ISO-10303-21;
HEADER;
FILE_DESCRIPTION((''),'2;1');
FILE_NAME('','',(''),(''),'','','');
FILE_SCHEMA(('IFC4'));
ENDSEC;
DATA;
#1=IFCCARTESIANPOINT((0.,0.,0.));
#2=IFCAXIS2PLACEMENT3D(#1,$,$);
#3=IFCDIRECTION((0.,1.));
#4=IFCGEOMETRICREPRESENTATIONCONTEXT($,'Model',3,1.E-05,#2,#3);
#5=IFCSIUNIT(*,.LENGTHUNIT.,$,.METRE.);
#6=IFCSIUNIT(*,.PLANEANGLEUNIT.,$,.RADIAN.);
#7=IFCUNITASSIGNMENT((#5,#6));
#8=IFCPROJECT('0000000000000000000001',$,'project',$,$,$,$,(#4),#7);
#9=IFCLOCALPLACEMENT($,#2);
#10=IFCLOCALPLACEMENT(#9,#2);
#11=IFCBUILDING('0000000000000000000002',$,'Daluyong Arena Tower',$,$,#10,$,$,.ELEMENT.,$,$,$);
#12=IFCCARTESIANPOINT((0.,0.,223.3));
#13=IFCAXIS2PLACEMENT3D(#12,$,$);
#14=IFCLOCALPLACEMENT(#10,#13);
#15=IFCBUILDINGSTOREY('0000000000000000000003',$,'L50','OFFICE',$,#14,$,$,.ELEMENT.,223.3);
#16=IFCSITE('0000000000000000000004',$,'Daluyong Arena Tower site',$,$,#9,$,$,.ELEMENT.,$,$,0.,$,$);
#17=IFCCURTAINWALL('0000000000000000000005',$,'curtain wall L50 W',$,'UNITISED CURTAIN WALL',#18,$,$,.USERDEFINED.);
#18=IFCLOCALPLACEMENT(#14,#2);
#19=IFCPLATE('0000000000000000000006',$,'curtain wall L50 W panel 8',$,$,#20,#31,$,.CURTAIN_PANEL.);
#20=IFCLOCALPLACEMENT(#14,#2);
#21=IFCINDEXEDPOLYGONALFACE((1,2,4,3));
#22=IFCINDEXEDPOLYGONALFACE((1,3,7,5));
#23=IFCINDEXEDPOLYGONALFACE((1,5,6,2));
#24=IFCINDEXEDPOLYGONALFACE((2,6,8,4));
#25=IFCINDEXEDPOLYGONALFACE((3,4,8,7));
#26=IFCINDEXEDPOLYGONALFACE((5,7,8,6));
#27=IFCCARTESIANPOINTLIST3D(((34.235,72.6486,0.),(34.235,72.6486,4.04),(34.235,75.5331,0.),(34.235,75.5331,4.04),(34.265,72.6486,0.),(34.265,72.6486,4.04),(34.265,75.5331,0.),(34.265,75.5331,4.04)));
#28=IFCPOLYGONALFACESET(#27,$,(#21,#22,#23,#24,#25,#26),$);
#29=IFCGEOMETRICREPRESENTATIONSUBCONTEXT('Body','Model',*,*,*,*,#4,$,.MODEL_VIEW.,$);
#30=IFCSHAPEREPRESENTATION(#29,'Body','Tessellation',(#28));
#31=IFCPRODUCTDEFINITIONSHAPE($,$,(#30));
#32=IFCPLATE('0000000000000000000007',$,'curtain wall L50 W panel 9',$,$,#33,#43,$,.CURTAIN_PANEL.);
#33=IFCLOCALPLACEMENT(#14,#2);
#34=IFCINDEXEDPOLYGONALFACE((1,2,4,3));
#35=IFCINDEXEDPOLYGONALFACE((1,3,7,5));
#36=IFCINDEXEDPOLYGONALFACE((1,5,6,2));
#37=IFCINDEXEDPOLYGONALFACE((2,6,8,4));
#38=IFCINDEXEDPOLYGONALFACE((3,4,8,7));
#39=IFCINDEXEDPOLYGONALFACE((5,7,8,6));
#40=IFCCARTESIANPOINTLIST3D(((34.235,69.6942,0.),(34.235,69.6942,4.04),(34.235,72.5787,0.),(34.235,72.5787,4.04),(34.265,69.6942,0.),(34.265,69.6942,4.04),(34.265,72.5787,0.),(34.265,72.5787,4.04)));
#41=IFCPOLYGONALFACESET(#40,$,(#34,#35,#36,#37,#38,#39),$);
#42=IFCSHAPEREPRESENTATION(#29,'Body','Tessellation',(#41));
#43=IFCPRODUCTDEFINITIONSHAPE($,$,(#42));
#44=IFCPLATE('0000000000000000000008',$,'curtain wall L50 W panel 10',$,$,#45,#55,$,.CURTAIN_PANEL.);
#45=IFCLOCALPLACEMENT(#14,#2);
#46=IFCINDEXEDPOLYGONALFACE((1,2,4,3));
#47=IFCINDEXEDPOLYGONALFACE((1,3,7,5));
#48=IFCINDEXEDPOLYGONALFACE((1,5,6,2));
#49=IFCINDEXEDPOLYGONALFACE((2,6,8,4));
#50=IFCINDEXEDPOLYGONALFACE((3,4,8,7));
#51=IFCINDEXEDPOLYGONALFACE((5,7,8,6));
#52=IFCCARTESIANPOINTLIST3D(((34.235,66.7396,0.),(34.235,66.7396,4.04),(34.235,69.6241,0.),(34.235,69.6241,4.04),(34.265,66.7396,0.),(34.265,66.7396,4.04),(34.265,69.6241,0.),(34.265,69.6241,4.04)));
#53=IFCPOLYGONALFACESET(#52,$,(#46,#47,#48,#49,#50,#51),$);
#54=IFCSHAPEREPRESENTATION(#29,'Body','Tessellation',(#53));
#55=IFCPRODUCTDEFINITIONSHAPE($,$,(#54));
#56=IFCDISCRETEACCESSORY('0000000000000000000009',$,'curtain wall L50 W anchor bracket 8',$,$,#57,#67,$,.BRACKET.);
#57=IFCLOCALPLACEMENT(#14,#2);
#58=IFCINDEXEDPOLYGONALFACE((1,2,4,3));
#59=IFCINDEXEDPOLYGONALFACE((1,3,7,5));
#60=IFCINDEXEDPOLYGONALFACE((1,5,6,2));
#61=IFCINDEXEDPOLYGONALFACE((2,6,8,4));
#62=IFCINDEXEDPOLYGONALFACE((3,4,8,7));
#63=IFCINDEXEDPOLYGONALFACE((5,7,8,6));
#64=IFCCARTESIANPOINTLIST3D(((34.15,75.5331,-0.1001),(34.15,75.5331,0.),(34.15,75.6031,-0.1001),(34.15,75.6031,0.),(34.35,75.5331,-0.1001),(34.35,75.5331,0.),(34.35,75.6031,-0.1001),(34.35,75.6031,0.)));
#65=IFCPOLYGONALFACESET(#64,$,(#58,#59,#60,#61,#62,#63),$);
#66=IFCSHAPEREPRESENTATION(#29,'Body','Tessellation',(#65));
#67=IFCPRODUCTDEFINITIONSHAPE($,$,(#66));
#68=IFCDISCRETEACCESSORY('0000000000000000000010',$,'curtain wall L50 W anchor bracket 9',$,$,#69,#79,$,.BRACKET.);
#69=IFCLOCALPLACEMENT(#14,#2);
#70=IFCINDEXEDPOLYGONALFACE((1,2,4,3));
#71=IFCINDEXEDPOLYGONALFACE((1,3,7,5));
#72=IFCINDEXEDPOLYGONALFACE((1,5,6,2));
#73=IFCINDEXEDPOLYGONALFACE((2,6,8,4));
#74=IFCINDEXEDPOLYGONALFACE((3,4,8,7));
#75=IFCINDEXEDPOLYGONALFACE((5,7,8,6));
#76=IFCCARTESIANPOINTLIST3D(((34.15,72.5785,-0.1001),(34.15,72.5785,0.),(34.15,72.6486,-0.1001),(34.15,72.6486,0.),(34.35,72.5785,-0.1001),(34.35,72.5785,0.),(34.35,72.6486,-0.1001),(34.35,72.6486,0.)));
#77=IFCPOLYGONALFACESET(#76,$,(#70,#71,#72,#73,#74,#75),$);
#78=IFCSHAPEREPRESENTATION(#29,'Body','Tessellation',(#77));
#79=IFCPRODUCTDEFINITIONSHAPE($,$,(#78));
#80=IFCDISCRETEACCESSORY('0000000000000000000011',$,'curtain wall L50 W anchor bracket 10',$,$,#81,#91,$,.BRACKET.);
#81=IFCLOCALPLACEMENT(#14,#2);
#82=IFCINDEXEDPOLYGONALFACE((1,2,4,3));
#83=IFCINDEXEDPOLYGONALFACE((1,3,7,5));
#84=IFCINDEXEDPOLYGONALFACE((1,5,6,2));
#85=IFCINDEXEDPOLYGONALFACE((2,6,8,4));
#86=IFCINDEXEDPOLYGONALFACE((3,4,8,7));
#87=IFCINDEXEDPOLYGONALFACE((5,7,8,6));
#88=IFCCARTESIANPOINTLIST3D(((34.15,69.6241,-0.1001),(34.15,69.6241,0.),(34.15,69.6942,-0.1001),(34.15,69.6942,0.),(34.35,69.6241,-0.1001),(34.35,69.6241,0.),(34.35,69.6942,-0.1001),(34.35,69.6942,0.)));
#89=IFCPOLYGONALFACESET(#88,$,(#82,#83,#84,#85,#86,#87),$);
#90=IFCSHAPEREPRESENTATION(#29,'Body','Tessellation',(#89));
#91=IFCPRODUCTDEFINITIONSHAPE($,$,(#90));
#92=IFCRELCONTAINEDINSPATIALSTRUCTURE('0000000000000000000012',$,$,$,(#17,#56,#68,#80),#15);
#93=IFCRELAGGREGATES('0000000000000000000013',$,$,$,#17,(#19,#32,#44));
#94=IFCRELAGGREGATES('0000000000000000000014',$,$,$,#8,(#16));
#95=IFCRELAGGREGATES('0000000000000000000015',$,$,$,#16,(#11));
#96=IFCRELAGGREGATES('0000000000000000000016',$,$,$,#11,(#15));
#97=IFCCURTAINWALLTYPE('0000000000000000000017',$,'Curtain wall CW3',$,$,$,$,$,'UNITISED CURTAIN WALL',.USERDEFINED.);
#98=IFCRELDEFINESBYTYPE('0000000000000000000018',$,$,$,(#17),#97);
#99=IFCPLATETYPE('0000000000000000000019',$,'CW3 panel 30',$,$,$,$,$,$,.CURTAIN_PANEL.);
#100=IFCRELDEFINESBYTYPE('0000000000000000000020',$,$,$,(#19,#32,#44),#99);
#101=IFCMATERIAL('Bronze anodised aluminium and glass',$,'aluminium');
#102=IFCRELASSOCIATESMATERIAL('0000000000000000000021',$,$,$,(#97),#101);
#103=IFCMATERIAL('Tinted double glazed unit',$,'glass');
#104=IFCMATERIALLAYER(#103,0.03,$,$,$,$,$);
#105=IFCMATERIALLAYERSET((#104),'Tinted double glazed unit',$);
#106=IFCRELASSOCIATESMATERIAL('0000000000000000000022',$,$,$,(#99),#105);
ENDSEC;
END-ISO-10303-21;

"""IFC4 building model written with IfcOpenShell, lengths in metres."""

from ifc_helpers import new_model, si_unit, direction, frame, origin, origin_2d, place, context, subcontext, project, spatial, rectangle, extrude, material, layer, layer_set, type_object, element, aggregate, save


model = new_model("IFC4")

# Units and contexts
model_context = context("Model", 3, precision=1e-05, world=origin(), true_north=direction((0.0, 1.0)))
body_context = subcontext(model_context, "Body", "Model", "MODEL_VIEW")
ifc_project = project(units=[si_unit("LENGTHUNIT", "METRE"), si_unit("PLANEANGLEUNIT", "RADIAN")], contexts=[model_context])

# Site, building, storey
site_placement = place(None, origin())
site = spatial("IfcSite", under=ifc_project, at=site_placement, Name="Daluyong Arena Tower site", CompositionType="ELEMENT", RefElevation=0.0)
building_placement = place(site_placement, origin())
building = spatial("IfcBuilding", under=site, at=building_placement, Name="Daluyong Arena Tower", CompositionType="ELEMENT")
storey_placement = place(building_placement, frame((0.0, 0.0, 223.3)))
storey = spatial("IfcBuildingStorey", under=building, at=storey_placement, Name="L50", Description="OFFICE", CompositionType="ELEMENT", Elevation=223.3)

# Curtain wall
ifc_material_1 = material(Name="Bronze anodised aluminium and glass", Category="aluminium")
curtain_wall_type = type_object("IfcCurtainWallType", Name="Curtain wall CW3", ElementType="UNITISED CURTAIN WALL", PredefinedType="USERDEFINED", material=ifc_material_1)
curtain_wall_placement = place(storey_placement, origin())
curtain_wall = element("IfcCurtainWall", 1, at=curtain_wall_placement, inside=storey, type_object=curtain_wall_type, Name="curtain wall L50 W", ObjectType="UNITISED CURTAIN WALL", PredefinedType="USERDEFINED")

# Plates
ifc_material_2 = material(Name="Tinted double glazed unit", Category="glass")
ifc_layer = layer(ifc_material_2, 0.03)
ifc_layer_set = layer_set([ifc_layer], Name="Tinted double glazed unit")
plate_type = type_object("IfcPlateType", Name="CW3 panel 30", PredefinedType="CURTAIN_PANEL", material=ifc_layer_set)
plate_1_placement = place(storey_placement, frame((34.25, 74.0908, 0.0), z_axis=(0.0, 0.0, 1.0), x_axis=(0.0, -1.0, 0.0)))
plate_1 = element("IfcPlate", 2, at=plate_1_placement, type_object=plate_type, Name="curtain wall L50 W panel 8", PredefinedType="CURTAIN_PANEL", context=body_context, shape_type="SweptSolid", body=[
    extrude(rectangle(XDim=2.8845, YDim=0.03, at=origin_2d()), origin(), (0.0, 0.0, 1.0), 4.04),
])
plate_2_placement = place(storey_placement, frame((34.25, 71.1365, 0.0), z_axis=(0.0, 0.0, 1.0), x_axis=(0.0, -1.0, 0.0)))
plate_2 = element("IfcPlate", 3, at=plate_2_placement, type_object=plate_type, Name="curtain wall L50 W panel 9", PredefinedType="CURTAIN_PANEL", context=body_context, shape_type="SweptSolid", body=[
    extrude(rectangle(XDim=2.8845, YDim=0.03, at=origin_2d()), origin(), (0.0, 0.0, 1.0), 4.04),
])
plate_3_placement = place(storey_placement, frame((34.25, 68.1819, 0.0), z_axis=(0.0, 0.0, 1.0), x_axis=(0.0, -1.0, 0.0)))
plate_3 = element("IfcPlate", 4, at=plate_3_placement, type_object=plate_type, Name="curtain wall L50 W panel 10", PredefinedType="CURTAIN_PANEL", context=body_context, shape_type="SweptSolid", body=[
    extrude(rectangle(XDim=2.8845, YDim=0.03, at=origin_2d()), origin(), (0.0, 0.0, 1.0), 4.04),
])
aggregate(curtain_wall, [plate_1, plate_2, plate_3])

# Discrete accessories
for number, where, z_axis, x_axis, name in (
    (5, (34.25, 75.5681, -0.1001), (0.0, 0.0, 1.0), (0.0, -1.0, 0.0), "curtain wall L50 W anchor bracket 8"),
    (6, (34.25, 72.6135, -0.1001), (0.0, 0.0, 1.0), (0.0, -1.0, 0.0), "curtain wall L50 W anchor bracket 9"),
    (7, (34.25, 69.6592, -0.1001), (0.0, 0.0, 1.0), (0.0, -1.0, 0.0), "curtain wall L50 W anchor bracket 10"),
):
    element("IfcDiscreteAccessory", number, at=place(storey_placement, frame(where, z_axis=z_axis, x_axis=x_axis)), inside=storey, Name=name, PredefinedType="BRACKET", context=body_context, shape_type="SweptSolid", body=[
        extrude(rectangle(XDim=0.0701, YDim=0.2, at=origin_2d()), origin(), (0.0, 0.0, 1.0), 0.1001),
    ])

save(model, "model.ifc")
